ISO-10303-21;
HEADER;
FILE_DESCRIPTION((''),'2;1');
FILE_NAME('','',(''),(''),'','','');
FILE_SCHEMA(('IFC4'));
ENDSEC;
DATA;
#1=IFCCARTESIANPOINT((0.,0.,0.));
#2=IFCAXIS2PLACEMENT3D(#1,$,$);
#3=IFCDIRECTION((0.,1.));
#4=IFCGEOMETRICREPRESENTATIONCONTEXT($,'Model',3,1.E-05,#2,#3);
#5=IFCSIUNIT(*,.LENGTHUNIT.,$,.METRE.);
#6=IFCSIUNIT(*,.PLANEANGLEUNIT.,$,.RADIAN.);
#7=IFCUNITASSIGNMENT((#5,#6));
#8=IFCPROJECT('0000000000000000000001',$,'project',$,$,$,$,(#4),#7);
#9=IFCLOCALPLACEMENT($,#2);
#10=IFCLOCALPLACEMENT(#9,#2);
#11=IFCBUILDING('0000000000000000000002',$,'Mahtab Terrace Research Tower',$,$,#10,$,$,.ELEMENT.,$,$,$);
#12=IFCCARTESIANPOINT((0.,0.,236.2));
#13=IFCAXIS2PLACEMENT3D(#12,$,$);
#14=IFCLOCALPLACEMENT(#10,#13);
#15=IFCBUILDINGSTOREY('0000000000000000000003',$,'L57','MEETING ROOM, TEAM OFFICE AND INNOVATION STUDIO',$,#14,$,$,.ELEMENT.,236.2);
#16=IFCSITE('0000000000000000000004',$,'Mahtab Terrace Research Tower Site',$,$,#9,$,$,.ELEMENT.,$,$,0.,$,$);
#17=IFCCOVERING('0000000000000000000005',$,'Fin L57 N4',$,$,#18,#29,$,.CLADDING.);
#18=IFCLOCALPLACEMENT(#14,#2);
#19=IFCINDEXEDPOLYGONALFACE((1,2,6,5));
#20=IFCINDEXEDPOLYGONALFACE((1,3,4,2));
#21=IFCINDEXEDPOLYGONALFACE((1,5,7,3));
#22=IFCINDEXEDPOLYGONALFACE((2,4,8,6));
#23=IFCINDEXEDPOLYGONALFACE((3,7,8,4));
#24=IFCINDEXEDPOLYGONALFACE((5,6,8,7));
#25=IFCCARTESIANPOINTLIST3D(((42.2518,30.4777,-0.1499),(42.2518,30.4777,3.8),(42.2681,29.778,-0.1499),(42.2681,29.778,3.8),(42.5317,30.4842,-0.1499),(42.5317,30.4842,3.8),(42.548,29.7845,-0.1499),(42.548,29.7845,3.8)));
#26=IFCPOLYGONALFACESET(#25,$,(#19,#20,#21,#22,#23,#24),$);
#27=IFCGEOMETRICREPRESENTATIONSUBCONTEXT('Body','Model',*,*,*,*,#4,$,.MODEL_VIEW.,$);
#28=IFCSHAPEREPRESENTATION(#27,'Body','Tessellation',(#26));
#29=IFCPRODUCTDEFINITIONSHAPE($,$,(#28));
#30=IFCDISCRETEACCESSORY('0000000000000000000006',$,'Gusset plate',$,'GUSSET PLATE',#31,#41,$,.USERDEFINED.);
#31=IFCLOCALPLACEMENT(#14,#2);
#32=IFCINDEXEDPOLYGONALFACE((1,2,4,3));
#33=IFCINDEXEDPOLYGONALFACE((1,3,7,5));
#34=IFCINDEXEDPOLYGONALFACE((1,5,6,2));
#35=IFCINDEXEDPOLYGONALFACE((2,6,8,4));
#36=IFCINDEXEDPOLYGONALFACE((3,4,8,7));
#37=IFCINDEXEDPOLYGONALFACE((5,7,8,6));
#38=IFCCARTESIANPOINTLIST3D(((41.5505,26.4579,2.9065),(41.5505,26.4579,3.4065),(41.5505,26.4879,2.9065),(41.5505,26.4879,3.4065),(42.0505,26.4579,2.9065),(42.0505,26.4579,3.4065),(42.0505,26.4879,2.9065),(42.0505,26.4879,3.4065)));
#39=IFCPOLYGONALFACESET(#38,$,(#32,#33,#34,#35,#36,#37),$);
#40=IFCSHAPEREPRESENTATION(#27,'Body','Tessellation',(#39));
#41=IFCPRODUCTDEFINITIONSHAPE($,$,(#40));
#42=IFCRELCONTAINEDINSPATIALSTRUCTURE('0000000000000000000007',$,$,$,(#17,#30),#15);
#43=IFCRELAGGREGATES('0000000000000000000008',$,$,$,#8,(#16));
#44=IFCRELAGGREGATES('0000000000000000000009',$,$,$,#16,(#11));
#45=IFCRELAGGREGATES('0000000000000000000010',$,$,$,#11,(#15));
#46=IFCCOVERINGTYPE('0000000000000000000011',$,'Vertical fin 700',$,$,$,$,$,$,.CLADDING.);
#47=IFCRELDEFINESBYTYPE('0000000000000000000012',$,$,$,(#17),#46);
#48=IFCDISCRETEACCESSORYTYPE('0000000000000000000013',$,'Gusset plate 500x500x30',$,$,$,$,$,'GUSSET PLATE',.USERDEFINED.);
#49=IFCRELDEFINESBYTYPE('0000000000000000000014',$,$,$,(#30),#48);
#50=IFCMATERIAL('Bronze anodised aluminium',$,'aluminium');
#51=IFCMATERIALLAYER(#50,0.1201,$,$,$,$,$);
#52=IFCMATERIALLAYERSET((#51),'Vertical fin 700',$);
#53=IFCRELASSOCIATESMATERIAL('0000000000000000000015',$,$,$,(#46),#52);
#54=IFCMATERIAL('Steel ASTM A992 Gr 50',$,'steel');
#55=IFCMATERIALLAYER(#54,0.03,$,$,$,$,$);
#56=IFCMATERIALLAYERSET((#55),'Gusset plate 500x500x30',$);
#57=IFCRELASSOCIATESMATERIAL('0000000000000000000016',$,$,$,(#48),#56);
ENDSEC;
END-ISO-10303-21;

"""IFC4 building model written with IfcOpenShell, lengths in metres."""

from ifc_helpers import new_model, si_unit, direction, frame, origin, origin_2d, place, context, subcontext, project, spatial, rectangle, extrude, material, layer, layer_set, type_object, element, save


model = new_model("IFC4")

# Units and contexts
model_context = context("Model", 3, precision=1e-05, world=origin(), true_north=direction((0.0, 1.0)))
body_context = subcontext(model_context, "Body", "Model", "MODEL_VIEW")
ifc_project = project(units=[si_unit("LENGTHUNIT", "METRE"), si_unit("PLANEANGLEUNIT", "RADIAN")], contexts=[model_context])

# Site, building, storey
site_placement = place(None, origin())
site = spatial("IfcSite", under=ifc_project, at=site_placement, Name="Mahtab Terrace Research Tower Site", CompositionType="ELEMENT", RefElevation=0.0)
building_placement = place(site_placement, origin())
building = spatial("IfcBuilding", under=site, at=building_placement, Name="Mahtab Terrace Research Tower", CompositionType="ELEMENT")
storey_placement = place(building_placement, frame((0.0, 0.0, 236.2)))
storey = spatial("IfcBuildingStorey", under=building, at=storey_placement, Name="L57", Description="MEETING ROOM, TEAM OFFICE AND INNOVATION STUDIO", CompositionType="ELEMENT", Elevation=236.2)

# Shared definitions
ifc_material_1 = material(Name="Steel ASTM A992 Gr 50", Category="steel")

# Covering
ifc_material_2 = material(Name="Bronze anodised aluminium", Category="aluminium")
ifc_layer_1 = layer(ifc_material_2, 0.1201)
ifc_layer_set_1 = layer_set([ifc_layer_1], Name="Vertical fin 700")
covering_type_1 = type_object("IfcCoveringType", Name="Vertical fin 700", PredefinedType="CLADDING", material=ifc_layer_set_1)
for number, where, z_axis, x_axis, name in (
    (1, (42.3999, 30.1311, -0.1499), (0.0, 0.0, 1.0), (-0.999729, -0.023269, 0.0), "Fin L57 N4"),
):
    element("IfcCovering", number, at=place(storey_placement, frame(where, z_axis=z_axis, x_axis=x_axis)), inside=storey, type_object=covering_type_1, Name=name, PredefinedType="CLADDING", context=body_context, shape_type="SweptSolid", body=[
        extrude(rectangle(XDim=0.28, YDim=0.7, at=origin_2d()), origin(), (0.0, 0.0, 1.0), 3.95),
    ])

# Discrete accessory
ifc_layer_2 = layer(ifc_material_1, 0.03)
ifc_layer_set_2 = layer_set([ifc_layer_2], Name="Gusset plate 500x500x30")
discrete_accessory_type = type_object("IfcDiscreteAccessoryType", Name="Gusset plate 500x500x30", ElementType="GUSSET PLATE", PredefinedType="USERDEFINED", material=ifc_layer_set_2)
discrete_accessory_placement = place(storey_placement, frame((41.8005, 26.4729, 2.9065), z_axis=(0.0, 0.0, 1.0), x_axis=(1.0, 0.0, 0.0)))
element("IfcDiscreteAccessory", 2, at=discrete_accessory_placement, inside=storey, type_object=discrete_accessory_type, Name="Gusset plate", ObjectType="GUSSET PLATE", PredefinedType="USERDEFINED", context=body_context, shape_type="SweptSolid", body=[
    extrude(rectangle(XDim=0.5, YDim=0.03, at=origin_2d()), origin(), (0.0, 0.0, 1.0), 0.5),
])

save(model, "model.ifc")
